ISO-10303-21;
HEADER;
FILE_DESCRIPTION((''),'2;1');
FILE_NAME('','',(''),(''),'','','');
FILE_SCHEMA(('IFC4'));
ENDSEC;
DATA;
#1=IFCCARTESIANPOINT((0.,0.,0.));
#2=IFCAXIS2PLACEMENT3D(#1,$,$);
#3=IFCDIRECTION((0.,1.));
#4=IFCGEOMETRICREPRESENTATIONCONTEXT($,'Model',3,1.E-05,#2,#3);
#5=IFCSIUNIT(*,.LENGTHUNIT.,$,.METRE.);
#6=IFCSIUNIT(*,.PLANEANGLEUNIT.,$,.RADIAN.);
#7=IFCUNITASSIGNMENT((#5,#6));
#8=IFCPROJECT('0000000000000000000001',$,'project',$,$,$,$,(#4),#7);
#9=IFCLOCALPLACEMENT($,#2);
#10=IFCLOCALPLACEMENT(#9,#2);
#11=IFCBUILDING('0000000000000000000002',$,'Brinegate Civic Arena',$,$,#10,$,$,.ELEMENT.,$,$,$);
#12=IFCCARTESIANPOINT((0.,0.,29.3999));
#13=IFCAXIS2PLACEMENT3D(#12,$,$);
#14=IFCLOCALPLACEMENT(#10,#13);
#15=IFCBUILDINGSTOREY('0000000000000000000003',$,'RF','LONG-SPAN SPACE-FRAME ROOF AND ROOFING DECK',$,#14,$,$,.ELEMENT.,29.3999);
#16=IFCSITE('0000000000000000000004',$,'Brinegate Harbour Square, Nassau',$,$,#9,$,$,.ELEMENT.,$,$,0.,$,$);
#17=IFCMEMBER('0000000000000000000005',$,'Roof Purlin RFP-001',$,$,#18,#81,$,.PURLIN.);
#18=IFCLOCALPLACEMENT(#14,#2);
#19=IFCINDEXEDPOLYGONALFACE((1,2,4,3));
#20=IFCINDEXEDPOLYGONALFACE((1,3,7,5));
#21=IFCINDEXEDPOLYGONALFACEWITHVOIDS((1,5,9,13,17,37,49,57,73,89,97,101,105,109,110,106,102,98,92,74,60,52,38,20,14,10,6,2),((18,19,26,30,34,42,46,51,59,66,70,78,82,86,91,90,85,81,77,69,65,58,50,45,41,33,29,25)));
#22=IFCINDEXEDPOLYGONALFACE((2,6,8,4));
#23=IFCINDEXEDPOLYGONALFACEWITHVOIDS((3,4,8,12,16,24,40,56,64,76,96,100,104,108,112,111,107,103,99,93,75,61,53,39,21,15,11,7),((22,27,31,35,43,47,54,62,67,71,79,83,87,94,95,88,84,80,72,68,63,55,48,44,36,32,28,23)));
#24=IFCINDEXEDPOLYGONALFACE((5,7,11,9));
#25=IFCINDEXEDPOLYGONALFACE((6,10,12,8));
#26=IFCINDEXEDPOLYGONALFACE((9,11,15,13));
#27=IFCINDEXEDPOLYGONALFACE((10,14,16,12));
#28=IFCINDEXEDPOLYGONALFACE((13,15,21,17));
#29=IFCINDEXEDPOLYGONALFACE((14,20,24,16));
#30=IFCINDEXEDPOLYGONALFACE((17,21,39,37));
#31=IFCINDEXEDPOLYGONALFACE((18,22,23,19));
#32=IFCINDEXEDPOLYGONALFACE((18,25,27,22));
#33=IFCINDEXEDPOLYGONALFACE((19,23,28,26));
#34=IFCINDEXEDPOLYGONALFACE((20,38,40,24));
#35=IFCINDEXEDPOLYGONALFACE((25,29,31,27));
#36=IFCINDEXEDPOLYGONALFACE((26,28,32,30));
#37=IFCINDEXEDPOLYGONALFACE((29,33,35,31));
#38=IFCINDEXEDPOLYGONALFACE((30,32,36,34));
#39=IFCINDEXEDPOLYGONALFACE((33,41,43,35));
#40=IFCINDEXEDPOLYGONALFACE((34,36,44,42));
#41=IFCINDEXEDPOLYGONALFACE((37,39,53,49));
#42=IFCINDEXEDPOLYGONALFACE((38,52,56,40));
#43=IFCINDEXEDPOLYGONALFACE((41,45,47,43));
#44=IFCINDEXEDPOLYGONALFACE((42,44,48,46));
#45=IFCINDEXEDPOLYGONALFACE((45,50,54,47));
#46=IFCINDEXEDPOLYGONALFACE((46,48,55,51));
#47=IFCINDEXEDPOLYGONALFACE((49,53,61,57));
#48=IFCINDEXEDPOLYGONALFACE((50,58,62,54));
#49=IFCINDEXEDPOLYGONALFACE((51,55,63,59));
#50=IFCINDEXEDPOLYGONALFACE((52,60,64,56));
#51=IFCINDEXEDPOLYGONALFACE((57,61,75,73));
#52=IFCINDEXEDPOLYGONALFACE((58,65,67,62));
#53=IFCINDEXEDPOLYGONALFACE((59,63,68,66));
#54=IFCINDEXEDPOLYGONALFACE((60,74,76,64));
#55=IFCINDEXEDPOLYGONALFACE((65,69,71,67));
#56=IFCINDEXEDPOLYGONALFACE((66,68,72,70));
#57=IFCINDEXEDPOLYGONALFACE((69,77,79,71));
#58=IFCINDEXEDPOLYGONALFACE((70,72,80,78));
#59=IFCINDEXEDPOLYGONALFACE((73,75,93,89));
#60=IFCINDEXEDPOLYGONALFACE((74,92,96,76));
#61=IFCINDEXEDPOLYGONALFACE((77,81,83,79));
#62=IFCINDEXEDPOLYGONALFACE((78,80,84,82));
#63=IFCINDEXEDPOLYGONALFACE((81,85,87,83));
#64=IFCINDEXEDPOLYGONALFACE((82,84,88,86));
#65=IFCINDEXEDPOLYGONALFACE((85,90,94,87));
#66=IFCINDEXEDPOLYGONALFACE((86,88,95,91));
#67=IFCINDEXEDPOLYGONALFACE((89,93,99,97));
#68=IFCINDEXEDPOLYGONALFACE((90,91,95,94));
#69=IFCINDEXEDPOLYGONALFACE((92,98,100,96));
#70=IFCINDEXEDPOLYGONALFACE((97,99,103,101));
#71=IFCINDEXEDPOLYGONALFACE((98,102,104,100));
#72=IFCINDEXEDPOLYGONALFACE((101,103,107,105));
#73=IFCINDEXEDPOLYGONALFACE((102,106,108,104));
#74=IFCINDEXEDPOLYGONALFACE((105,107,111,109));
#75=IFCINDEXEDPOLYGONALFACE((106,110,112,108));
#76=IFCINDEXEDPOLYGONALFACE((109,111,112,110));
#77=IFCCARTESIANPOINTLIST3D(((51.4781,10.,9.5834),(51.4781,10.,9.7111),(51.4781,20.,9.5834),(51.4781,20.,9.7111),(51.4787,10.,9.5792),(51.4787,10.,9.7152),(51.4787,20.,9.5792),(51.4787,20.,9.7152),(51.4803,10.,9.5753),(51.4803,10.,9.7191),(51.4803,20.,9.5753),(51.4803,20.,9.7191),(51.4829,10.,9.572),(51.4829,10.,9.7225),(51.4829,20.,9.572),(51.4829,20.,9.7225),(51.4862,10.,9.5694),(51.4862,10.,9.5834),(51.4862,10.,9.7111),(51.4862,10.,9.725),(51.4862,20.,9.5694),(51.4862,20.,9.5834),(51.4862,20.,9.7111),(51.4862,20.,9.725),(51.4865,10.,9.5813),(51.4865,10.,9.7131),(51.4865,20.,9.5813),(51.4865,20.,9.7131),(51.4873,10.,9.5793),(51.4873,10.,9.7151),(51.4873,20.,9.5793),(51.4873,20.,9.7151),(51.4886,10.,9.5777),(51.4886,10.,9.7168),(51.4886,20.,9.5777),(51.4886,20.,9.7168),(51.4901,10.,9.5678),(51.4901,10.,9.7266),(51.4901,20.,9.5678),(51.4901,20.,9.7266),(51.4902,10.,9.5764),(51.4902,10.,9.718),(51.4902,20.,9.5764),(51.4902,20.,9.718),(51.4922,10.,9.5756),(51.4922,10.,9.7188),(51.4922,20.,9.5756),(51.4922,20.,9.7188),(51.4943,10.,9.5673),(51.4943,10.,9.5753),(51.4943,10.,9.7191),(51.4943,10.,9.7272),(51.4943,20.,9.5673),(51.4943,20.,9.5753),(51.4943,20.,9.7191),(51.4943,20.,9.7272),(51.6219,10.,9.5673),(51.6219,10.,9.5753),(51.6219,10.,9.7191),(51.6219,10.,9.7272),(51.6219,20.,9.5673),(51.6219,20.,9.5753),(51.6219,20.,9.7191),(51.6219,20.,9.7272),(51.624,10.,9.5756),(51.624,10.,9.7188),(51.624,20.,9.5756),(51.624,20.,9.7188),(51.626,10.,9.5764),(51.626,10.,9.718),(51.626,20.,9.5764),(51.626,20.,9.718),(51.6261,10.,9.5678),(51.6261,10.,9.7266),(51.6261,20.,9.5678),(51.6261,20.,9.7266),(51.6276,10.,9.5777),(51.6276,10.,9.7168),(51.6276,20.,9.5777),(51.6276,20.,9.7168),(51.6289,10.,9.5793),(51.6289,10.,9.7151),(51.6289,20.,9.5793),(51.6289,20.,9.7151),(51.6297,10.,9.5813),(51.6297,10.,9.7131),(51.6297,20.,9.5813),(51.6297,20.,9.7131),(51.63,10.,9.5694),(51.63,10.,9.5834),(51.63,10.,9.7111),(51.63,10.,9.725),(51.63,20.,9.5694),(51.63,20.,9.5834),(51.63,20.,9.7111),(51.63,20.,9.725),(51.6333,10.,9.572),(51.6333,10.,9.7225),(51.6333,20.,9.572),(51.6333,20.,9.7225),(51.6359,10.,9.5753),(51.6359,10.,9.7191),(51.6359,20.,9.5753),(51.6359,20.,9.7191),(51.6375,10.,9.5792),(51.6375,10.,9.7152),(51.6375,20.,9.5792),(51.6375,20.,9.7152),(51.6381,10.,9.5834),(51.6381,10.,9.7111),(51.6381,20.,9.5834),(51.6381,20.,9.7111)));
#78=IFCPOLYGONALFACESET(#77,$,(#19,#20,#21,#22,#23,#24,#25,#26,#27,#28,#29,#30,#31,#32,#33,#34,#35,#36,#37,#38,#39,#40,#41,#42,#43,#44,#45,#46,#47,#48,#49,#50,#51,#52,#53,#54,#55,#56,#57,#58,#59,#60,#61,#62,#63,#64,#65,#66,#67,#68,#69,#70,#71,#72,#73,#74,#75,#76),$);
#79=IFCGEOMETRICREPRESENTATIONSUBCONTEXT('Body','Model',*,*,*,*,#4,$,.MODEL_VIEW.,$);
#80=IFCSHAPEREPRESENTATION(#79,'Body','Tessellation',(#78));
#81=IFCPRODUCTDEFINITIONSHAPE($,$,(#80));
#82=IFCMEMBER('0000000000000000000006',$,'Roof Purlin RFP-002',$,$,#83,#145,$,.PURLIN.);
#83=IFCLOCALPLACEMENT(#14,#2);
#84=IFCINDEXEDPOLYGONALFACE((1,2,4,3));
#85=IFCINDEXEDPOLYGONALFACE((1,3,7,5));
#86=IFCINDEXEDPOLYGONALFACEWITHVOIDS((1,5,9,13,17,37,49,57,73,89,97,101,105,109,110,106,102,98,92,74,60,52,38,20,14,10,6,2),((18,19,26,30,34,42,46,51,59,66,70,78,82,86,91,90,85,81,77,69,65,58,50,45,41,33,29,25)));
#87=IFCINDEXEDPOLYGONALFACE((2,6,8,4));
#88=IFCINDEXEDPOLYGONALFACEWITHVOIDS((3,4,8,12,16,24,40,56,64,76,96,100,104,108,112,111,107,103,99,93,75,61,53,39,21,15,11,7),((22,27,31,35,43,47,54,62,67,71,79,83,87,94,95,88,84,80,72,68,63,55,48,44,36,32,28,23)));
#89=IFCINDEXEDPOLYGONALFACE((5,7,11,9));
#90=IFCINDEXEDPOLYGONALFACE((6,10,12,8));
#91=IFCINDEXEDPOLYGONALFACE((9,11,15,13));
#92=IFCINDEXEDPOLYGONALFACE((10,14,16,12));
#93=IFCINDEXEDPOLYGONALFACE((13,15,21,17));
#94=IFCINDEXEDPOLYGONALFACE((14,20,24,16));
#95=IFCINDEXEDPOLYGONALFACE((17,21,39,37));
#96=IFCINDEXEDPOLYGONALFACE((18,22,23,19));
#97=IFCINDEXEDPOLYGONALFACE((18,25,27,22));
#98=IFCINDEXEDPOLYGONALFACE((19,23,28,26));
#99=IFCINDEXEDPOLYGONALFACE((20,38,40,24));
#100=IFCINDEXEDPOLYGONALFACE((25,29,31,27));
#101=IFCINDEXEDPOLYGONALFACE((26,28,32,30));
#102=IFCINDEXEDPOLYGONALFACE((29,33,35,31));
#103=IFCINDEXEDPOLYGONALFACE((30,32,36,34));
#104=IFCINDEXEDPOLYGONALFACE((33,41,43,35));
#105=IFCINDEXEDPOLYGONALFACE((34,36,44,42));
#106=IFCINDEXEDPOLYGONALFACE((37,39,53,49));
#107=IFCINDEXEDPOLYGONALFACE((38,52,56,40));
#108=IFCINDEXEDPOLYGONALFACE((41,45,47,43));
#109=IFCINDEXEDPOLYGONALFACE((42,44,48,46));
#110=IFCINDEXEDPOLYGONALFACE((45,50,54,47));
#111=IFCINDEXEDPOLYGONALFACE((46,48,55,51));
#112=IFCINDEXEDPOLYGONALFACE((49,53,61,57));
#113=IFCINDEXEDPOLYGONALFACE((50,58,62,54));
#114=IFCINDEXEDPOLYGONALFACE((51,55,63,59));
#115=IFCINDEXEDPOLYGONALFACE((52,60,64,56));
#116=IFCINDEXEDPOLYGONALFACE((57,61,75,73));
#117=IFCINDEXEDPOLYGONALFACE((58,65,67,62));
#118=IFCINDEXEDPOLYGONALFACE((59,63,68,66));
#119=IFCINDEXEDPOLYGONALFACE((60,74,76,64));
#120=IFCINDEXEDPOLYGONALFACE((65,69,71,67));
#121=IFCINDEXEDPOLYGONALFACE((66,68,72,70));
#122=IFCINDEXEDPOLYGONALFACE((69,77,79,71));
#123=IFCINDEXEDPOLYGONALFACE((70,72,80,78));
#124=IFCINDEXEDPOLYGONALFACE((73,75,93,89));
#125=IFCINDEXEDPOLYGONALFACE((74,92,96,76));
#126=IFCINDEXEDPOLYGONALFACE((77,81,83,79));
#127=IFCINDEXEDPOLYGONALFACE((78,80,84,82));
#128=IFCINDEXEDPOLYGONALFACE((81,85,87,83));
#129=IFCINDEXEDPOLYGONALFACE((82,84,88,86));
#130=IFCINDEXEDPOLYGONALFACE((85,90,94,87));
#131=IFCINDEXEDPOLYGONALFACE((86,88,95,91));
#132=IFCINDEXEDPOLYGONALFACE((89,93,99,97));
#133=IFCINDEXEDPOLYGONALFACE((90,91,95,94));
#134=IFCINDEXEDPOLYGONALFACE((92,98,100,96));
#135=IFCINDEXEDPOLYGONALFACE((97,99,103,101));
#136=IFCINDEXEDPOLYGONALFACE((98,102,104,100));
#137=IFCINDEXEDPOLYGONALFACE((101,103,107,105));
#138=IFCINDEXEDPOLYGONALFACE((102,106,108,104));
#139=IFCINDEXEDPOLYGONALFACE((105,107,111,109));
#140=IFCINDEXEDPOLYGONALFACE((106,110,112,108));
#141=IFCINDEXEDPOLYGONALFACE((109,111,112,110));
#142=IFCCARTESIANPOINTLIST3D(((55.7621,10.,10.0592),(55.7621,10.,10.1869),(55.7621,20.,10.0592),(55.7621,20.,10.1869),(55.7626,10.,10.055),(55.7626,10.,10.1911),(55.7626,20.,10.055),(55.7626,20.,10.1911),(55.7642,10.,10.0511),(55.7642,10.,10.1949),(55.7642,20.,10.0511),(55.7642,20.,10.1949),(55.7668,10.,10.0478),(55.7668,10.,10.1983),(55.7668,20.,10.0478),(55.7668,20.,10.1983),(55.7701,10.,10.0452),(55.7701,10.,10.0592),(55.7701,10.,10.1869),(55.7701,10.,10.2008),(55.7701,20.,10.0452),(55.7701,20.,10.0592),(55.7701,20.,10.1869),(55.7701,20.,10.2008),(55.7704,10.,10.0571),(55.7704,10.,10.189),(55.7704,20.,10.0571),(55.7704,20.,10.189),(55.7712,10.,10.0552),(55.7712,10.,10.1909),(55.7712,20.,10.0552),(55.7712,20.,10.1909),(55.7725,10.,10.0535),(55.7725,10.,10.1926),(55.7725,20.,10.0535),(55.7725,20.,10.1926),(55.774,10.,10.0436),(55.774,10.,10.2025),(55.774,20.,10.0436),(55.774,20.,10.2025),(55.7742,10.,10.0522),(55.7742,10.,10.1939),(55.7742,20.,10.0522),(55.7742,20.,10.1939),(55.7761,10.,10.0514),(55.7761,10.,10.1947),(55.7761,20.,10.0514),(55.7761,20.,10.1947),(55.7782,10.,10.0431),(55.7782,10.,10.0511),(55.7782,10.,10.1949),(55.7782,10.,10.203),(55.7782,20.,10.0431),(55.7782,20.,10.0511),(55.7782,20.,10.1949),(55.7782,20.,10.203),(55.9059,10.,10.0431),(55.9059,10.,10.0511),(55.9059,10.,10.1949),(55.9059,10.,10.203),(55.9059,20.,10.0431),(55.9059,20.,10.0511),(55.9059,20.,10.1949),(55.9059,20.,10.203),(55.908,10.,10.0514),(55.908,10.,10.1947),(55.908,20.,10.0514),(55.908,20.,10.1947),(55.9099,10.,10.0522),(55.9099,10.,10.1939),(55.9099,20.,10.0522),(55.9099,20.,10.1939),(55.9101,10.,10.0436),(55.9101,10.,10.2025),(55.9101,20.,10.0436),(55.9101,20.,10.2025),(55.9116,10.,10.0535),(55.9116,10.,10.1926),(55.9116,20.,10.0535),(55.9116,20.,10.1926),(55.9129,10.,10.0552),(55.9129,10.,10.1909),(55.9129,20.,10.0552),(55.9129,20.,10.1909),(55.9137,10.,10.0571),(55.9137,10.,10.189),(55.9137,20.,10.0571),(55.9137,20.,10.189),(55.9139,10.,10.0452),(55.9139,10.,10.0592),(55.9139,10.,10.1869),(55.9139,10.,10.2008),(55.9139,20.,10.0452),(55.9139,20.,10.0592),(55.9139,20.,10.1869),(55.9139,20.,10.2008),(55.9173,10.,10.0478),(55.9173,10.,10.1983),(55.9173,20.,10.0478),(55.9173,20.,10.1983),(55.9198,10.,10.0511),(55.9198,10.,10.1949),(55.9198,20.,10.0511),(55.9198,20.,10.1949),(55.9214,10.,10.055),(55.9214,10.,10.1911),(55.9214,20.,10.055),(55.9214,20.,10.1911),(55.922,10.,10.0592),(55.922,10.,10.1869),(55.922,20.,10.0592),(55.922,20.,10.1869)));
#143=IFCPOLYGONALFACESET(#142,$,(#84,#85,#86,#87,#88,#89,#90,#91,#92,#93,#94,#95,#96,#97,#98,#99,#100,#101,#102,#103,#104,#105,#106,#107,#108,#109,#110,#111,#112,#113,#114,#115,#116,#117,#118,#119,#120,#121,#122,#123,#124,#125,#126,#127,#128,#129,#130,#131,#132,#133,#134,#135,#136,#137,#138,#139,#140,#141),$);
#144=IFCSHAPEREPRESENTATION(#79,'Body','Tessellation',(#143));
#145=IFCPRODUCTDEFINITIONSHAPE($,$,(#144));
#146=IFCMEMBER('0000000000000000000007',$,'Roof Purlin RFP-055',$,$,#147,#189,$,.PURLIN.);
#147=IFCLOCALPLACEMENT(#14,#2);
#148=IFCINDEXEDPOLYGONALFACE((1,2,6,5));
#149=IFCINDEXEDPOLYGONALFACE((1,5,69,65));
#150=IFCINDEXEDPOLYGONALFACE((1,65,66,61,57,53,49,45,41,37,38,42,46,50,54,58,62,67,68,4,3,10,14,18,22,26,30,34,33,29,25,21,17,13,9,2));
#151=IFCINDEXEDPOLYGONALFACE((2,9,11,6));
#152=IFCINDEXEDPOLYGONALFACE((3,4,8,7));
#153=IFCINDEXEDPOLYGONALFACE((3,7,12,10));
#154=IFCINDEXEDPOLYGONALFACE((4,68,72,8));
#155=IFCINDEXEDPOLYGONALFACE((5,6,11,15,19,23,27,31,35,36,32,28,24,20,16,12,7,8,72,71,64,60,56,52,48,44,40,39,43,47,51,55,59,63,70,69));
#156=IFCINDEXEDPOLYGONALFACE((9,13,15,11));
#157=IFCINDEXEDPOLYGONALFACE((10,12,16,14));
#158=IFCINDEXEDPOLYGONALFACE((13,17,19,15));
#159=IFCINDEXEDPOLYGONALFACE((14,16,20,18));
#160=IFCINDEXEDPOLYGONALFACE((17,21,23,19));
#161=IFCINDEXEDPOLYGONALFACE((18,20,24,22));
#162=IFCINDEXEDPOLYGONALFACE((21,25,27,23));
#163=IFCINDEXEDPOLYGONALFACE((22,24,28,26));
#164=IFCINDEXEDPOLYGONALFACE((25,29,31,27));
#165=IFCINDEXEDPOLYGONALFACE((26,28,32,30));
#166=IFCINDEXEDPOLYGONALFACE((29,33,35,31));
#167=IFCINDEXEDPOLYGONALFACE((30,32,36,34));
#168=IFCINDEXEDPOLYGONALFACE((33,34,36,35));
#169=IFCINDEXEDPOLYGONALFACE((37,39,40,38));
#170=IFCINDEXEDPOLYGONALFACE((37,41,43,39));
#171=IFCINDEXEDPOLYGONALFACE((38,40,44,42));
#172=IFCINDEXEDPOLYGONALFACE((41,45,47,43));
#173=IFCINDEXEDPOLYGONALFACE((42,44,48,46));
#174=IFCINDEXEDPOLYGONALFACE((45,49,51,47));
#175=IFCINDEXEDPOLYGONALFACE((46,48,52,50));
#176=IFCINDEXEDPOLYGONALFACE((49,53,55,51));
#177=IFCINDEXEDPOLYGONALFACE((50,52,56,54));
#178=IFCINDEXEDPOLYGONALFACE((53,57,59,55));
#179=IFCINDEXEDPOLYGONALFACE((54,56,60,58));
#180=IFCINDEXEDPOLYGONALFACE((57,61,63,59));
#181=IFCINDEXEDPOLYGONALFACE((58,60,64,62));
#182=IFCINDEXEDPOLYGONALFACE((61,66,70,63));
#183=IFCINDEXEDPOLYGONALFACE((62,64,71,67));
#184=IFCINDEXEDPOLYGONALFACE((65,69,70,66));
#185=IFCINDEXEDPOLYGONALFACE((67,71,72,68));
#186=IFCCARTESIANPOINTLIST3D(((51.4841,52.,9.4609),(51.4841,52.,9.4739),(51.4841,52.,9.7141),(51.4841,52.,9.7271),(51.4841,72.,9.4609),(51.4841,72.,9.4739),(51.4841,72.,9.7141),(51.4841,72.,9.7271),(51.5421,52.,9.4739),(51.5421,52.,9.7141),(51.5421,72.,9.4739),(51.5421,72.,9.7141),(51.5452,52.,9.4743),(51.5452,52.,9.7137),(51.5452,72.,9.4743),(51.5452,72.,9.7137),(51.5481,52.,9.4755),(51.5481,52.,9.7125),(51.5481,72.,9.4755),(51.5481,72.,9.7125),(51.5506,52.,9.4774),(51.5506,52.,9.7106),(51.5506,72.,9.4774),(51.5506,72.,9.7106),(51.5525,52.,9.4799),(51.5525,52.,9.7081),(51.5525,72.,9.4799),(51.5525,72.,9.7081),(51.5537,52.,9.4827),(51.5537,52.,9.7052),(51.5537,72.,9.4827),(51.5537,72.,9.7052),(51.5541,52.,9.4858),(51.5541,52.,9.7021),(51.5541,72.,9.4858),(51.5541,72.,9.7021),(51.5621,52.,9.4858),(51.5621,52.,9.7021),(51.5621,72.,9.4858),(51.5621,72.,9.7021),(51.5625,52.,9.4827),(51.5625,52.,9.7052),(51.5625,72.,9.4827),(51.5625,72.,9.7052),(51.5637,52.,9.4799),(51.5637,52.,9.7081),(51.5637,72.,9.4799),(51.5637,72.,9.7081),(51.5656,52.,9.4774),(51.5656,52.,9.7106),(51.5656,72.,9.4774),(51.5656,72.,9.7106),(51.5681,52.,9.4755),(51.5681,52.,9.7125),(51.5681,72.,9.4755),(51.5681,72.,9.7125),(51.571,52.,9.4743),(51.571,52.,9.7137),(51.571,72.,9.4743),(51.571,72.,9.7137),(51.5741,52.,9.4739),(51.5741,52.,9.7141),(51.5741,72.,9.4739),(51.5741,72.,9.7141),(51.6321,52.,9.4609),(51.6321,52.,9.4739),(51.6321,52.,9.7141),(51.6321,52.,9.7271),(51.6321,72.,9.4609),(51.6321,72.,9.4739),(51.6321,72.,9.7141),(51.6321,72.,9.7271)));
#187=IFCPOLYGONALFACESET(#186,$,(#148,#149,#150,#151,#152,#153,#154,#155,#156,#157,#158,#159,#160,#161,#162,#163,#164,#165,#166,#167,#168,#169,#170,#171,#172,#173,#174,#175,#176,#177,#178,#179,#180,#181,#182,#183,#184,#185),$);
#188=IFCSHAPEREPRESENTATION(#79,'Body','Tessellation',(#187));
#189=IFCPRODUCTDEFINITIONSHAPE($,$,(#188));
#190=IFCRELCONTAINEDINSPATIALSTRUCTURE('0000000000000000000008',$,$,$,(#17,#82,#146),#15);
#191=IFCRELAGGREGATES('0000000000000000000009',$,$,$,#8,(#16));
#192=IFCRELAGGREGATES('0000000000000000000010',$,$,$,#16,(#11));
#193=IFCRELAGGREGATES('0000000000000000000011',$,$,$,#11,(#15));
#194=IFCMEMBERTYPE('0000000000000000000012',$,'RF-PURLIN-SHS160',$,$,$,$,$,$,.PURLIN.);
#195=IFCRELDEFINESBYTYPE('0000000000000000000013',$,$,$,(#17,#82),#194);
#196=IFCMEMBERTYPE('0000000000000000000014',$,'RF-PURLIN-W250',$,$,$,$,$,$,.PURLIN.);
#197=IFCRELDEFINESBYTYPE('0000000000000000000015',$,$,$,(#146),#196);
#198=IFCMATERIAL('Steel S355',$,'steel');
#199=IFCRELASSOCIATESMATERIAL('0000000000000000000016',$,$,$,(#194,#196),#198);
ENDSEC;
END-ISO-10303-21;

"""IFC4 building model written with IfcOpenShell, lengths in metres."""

from ifc_helpers import new_model, si_unit, direction, frame, origin, origin_2d, place, context, subcontext, project, spatial, hollow_rectangle, i_section, extrude, material, material_profile, profile_set, type_object, element, save


model = new_model("IFC4")

# Units and contexts
model_context = context("Model", 3, precision=1e-05, world=origin(), true_north=direction((0.0, 1.0)))
body_context = subcontext(model_context, "Body", "Model", "MODEL_VIEW")
ifc_project = project(units=[si_unit("LENGTHUNIT", "METRE"), si_unit("PLANEANGLEUNIT", "RADIAN")], contexts=[model_context])

# Site, building, storey
site_placement = place(None, origin())
site = spatial("IfcSite", under=ifc_project, at=site_placement, Name="Brinegate Harbour Square, Nassau", CompositionType="ELEMENT", RefElevation=0.0)
building_placement = place(site_placement, origin())
building = spatial("IfcBuilding", under=site, at=building_placement, Name="Brinegate Civic Arena", CompositionType="ELEMENT")
storey_placement = place(building_placement, frame((0.0, 0.0, 29.3999)))
storey = spatial("IfcBuildingStorey", under=building, at=storey_placement, Name="RF", Description="LONG-SPAN SPACE-FRAME ROOF AND ROOFING DECK", CompositionType="ELEMENT", Elevation=29.3999)

# Shared definitions
ifc_material_1 = material(Name="Steel S355", Category="steel")

# Members
ifc_material_profile_1 = material_profile(ifc_material_1, hollow_rectangle(XDim=0.1599, YDim=0.1599, WallThickness=0.0081, InnerFilletRadius=0.0081, OuterFilletRadius=0.0161, at=origin_2d()), Name="SHS160X8")
ifc_profile_set_1 = profile_set([ifc_material_profile_1], Name="Steel S355")
member_type_1 = type_object("IfcMemberType", Name="RF-PURLIN-SHS160", PredefinedType="PURLIN", material=ifc_profile_set_1)
for number, where, z_axis, x_axis, name in (
    (1, (51.5581, 10.0, 9.6472), (0.0, 1.0, 0.0), (-1.0, 0.0, 0.0), "Roof Purlin RFP-001"),
    (2, (55.842, 10.0, 10.123), (0.0, 1.0, 0.0), (-1.0, 0.0, 0.0), "Roof Purlin RFP-002"),
):
    element("IfcMember", number, at=place(storey_placement, frame(where, z_axis=z_axis, x_axis=x_axis)), inside=storey, type_object=member_type_1, Name=name, PredefinedType="PURLIN", context=body_context, shape_type="SweptSolid", body=[
        extrude(hollow_rectangle(XDim=0.1599, YDim=0.1599, WallThickness=0.0081, InnerFilletRadius=0.0081, OuterFilletRadius=0.0161, at=origin_2d()), origin(), (0.0, 0.0, 1.0), 10.0),
    ])
ifc_material_profile_2 = material_profile(ifc_material_1, i_section(OverallWidth=0.1479, OverallDepth=0.2661, WebThickness=0.0081, FlangeThickness=0.0129, FilletRadius=0.012, at=origin_2d()), Name="W250X45")
ifc_profile_set_2 = profile_set([ifc_material_profile_2], Name="Steel S355")
member_type_2 = type_object("IfcMemberType", Name="RF-PURLIN-W250", PredefinedType="PURLIN", material=ifc_profile_set_2)
for number, where, z_axis, x_axis, name in (
    (3, (51.5581, 52.0, 9.594), (0.0, 1.0, 0.0), (-1.0, 0.0, 0.0), "Roof Purlin RFP-055"),
):
    element("IfcMember", number, at=place(storey_placement, frame(where, z_axis=z_axis, x_axis=x_axis)), inside=storey, type_object=member_type_2, Name=name, PredefinedType="PURLIN", context=body_context, shape_type="SweptSolid", body=[
        extrude(i_section(OverallWidth=0.1479, OverallDepth=0.2661, WebThickness=0.0081, FlangeThickness=0.0129, FilletRadius=0.012, at=origin_2d()), origin(), (0.0, 0.0, 1.0), 20.0),
    ])

save(model, "model.ifc")
